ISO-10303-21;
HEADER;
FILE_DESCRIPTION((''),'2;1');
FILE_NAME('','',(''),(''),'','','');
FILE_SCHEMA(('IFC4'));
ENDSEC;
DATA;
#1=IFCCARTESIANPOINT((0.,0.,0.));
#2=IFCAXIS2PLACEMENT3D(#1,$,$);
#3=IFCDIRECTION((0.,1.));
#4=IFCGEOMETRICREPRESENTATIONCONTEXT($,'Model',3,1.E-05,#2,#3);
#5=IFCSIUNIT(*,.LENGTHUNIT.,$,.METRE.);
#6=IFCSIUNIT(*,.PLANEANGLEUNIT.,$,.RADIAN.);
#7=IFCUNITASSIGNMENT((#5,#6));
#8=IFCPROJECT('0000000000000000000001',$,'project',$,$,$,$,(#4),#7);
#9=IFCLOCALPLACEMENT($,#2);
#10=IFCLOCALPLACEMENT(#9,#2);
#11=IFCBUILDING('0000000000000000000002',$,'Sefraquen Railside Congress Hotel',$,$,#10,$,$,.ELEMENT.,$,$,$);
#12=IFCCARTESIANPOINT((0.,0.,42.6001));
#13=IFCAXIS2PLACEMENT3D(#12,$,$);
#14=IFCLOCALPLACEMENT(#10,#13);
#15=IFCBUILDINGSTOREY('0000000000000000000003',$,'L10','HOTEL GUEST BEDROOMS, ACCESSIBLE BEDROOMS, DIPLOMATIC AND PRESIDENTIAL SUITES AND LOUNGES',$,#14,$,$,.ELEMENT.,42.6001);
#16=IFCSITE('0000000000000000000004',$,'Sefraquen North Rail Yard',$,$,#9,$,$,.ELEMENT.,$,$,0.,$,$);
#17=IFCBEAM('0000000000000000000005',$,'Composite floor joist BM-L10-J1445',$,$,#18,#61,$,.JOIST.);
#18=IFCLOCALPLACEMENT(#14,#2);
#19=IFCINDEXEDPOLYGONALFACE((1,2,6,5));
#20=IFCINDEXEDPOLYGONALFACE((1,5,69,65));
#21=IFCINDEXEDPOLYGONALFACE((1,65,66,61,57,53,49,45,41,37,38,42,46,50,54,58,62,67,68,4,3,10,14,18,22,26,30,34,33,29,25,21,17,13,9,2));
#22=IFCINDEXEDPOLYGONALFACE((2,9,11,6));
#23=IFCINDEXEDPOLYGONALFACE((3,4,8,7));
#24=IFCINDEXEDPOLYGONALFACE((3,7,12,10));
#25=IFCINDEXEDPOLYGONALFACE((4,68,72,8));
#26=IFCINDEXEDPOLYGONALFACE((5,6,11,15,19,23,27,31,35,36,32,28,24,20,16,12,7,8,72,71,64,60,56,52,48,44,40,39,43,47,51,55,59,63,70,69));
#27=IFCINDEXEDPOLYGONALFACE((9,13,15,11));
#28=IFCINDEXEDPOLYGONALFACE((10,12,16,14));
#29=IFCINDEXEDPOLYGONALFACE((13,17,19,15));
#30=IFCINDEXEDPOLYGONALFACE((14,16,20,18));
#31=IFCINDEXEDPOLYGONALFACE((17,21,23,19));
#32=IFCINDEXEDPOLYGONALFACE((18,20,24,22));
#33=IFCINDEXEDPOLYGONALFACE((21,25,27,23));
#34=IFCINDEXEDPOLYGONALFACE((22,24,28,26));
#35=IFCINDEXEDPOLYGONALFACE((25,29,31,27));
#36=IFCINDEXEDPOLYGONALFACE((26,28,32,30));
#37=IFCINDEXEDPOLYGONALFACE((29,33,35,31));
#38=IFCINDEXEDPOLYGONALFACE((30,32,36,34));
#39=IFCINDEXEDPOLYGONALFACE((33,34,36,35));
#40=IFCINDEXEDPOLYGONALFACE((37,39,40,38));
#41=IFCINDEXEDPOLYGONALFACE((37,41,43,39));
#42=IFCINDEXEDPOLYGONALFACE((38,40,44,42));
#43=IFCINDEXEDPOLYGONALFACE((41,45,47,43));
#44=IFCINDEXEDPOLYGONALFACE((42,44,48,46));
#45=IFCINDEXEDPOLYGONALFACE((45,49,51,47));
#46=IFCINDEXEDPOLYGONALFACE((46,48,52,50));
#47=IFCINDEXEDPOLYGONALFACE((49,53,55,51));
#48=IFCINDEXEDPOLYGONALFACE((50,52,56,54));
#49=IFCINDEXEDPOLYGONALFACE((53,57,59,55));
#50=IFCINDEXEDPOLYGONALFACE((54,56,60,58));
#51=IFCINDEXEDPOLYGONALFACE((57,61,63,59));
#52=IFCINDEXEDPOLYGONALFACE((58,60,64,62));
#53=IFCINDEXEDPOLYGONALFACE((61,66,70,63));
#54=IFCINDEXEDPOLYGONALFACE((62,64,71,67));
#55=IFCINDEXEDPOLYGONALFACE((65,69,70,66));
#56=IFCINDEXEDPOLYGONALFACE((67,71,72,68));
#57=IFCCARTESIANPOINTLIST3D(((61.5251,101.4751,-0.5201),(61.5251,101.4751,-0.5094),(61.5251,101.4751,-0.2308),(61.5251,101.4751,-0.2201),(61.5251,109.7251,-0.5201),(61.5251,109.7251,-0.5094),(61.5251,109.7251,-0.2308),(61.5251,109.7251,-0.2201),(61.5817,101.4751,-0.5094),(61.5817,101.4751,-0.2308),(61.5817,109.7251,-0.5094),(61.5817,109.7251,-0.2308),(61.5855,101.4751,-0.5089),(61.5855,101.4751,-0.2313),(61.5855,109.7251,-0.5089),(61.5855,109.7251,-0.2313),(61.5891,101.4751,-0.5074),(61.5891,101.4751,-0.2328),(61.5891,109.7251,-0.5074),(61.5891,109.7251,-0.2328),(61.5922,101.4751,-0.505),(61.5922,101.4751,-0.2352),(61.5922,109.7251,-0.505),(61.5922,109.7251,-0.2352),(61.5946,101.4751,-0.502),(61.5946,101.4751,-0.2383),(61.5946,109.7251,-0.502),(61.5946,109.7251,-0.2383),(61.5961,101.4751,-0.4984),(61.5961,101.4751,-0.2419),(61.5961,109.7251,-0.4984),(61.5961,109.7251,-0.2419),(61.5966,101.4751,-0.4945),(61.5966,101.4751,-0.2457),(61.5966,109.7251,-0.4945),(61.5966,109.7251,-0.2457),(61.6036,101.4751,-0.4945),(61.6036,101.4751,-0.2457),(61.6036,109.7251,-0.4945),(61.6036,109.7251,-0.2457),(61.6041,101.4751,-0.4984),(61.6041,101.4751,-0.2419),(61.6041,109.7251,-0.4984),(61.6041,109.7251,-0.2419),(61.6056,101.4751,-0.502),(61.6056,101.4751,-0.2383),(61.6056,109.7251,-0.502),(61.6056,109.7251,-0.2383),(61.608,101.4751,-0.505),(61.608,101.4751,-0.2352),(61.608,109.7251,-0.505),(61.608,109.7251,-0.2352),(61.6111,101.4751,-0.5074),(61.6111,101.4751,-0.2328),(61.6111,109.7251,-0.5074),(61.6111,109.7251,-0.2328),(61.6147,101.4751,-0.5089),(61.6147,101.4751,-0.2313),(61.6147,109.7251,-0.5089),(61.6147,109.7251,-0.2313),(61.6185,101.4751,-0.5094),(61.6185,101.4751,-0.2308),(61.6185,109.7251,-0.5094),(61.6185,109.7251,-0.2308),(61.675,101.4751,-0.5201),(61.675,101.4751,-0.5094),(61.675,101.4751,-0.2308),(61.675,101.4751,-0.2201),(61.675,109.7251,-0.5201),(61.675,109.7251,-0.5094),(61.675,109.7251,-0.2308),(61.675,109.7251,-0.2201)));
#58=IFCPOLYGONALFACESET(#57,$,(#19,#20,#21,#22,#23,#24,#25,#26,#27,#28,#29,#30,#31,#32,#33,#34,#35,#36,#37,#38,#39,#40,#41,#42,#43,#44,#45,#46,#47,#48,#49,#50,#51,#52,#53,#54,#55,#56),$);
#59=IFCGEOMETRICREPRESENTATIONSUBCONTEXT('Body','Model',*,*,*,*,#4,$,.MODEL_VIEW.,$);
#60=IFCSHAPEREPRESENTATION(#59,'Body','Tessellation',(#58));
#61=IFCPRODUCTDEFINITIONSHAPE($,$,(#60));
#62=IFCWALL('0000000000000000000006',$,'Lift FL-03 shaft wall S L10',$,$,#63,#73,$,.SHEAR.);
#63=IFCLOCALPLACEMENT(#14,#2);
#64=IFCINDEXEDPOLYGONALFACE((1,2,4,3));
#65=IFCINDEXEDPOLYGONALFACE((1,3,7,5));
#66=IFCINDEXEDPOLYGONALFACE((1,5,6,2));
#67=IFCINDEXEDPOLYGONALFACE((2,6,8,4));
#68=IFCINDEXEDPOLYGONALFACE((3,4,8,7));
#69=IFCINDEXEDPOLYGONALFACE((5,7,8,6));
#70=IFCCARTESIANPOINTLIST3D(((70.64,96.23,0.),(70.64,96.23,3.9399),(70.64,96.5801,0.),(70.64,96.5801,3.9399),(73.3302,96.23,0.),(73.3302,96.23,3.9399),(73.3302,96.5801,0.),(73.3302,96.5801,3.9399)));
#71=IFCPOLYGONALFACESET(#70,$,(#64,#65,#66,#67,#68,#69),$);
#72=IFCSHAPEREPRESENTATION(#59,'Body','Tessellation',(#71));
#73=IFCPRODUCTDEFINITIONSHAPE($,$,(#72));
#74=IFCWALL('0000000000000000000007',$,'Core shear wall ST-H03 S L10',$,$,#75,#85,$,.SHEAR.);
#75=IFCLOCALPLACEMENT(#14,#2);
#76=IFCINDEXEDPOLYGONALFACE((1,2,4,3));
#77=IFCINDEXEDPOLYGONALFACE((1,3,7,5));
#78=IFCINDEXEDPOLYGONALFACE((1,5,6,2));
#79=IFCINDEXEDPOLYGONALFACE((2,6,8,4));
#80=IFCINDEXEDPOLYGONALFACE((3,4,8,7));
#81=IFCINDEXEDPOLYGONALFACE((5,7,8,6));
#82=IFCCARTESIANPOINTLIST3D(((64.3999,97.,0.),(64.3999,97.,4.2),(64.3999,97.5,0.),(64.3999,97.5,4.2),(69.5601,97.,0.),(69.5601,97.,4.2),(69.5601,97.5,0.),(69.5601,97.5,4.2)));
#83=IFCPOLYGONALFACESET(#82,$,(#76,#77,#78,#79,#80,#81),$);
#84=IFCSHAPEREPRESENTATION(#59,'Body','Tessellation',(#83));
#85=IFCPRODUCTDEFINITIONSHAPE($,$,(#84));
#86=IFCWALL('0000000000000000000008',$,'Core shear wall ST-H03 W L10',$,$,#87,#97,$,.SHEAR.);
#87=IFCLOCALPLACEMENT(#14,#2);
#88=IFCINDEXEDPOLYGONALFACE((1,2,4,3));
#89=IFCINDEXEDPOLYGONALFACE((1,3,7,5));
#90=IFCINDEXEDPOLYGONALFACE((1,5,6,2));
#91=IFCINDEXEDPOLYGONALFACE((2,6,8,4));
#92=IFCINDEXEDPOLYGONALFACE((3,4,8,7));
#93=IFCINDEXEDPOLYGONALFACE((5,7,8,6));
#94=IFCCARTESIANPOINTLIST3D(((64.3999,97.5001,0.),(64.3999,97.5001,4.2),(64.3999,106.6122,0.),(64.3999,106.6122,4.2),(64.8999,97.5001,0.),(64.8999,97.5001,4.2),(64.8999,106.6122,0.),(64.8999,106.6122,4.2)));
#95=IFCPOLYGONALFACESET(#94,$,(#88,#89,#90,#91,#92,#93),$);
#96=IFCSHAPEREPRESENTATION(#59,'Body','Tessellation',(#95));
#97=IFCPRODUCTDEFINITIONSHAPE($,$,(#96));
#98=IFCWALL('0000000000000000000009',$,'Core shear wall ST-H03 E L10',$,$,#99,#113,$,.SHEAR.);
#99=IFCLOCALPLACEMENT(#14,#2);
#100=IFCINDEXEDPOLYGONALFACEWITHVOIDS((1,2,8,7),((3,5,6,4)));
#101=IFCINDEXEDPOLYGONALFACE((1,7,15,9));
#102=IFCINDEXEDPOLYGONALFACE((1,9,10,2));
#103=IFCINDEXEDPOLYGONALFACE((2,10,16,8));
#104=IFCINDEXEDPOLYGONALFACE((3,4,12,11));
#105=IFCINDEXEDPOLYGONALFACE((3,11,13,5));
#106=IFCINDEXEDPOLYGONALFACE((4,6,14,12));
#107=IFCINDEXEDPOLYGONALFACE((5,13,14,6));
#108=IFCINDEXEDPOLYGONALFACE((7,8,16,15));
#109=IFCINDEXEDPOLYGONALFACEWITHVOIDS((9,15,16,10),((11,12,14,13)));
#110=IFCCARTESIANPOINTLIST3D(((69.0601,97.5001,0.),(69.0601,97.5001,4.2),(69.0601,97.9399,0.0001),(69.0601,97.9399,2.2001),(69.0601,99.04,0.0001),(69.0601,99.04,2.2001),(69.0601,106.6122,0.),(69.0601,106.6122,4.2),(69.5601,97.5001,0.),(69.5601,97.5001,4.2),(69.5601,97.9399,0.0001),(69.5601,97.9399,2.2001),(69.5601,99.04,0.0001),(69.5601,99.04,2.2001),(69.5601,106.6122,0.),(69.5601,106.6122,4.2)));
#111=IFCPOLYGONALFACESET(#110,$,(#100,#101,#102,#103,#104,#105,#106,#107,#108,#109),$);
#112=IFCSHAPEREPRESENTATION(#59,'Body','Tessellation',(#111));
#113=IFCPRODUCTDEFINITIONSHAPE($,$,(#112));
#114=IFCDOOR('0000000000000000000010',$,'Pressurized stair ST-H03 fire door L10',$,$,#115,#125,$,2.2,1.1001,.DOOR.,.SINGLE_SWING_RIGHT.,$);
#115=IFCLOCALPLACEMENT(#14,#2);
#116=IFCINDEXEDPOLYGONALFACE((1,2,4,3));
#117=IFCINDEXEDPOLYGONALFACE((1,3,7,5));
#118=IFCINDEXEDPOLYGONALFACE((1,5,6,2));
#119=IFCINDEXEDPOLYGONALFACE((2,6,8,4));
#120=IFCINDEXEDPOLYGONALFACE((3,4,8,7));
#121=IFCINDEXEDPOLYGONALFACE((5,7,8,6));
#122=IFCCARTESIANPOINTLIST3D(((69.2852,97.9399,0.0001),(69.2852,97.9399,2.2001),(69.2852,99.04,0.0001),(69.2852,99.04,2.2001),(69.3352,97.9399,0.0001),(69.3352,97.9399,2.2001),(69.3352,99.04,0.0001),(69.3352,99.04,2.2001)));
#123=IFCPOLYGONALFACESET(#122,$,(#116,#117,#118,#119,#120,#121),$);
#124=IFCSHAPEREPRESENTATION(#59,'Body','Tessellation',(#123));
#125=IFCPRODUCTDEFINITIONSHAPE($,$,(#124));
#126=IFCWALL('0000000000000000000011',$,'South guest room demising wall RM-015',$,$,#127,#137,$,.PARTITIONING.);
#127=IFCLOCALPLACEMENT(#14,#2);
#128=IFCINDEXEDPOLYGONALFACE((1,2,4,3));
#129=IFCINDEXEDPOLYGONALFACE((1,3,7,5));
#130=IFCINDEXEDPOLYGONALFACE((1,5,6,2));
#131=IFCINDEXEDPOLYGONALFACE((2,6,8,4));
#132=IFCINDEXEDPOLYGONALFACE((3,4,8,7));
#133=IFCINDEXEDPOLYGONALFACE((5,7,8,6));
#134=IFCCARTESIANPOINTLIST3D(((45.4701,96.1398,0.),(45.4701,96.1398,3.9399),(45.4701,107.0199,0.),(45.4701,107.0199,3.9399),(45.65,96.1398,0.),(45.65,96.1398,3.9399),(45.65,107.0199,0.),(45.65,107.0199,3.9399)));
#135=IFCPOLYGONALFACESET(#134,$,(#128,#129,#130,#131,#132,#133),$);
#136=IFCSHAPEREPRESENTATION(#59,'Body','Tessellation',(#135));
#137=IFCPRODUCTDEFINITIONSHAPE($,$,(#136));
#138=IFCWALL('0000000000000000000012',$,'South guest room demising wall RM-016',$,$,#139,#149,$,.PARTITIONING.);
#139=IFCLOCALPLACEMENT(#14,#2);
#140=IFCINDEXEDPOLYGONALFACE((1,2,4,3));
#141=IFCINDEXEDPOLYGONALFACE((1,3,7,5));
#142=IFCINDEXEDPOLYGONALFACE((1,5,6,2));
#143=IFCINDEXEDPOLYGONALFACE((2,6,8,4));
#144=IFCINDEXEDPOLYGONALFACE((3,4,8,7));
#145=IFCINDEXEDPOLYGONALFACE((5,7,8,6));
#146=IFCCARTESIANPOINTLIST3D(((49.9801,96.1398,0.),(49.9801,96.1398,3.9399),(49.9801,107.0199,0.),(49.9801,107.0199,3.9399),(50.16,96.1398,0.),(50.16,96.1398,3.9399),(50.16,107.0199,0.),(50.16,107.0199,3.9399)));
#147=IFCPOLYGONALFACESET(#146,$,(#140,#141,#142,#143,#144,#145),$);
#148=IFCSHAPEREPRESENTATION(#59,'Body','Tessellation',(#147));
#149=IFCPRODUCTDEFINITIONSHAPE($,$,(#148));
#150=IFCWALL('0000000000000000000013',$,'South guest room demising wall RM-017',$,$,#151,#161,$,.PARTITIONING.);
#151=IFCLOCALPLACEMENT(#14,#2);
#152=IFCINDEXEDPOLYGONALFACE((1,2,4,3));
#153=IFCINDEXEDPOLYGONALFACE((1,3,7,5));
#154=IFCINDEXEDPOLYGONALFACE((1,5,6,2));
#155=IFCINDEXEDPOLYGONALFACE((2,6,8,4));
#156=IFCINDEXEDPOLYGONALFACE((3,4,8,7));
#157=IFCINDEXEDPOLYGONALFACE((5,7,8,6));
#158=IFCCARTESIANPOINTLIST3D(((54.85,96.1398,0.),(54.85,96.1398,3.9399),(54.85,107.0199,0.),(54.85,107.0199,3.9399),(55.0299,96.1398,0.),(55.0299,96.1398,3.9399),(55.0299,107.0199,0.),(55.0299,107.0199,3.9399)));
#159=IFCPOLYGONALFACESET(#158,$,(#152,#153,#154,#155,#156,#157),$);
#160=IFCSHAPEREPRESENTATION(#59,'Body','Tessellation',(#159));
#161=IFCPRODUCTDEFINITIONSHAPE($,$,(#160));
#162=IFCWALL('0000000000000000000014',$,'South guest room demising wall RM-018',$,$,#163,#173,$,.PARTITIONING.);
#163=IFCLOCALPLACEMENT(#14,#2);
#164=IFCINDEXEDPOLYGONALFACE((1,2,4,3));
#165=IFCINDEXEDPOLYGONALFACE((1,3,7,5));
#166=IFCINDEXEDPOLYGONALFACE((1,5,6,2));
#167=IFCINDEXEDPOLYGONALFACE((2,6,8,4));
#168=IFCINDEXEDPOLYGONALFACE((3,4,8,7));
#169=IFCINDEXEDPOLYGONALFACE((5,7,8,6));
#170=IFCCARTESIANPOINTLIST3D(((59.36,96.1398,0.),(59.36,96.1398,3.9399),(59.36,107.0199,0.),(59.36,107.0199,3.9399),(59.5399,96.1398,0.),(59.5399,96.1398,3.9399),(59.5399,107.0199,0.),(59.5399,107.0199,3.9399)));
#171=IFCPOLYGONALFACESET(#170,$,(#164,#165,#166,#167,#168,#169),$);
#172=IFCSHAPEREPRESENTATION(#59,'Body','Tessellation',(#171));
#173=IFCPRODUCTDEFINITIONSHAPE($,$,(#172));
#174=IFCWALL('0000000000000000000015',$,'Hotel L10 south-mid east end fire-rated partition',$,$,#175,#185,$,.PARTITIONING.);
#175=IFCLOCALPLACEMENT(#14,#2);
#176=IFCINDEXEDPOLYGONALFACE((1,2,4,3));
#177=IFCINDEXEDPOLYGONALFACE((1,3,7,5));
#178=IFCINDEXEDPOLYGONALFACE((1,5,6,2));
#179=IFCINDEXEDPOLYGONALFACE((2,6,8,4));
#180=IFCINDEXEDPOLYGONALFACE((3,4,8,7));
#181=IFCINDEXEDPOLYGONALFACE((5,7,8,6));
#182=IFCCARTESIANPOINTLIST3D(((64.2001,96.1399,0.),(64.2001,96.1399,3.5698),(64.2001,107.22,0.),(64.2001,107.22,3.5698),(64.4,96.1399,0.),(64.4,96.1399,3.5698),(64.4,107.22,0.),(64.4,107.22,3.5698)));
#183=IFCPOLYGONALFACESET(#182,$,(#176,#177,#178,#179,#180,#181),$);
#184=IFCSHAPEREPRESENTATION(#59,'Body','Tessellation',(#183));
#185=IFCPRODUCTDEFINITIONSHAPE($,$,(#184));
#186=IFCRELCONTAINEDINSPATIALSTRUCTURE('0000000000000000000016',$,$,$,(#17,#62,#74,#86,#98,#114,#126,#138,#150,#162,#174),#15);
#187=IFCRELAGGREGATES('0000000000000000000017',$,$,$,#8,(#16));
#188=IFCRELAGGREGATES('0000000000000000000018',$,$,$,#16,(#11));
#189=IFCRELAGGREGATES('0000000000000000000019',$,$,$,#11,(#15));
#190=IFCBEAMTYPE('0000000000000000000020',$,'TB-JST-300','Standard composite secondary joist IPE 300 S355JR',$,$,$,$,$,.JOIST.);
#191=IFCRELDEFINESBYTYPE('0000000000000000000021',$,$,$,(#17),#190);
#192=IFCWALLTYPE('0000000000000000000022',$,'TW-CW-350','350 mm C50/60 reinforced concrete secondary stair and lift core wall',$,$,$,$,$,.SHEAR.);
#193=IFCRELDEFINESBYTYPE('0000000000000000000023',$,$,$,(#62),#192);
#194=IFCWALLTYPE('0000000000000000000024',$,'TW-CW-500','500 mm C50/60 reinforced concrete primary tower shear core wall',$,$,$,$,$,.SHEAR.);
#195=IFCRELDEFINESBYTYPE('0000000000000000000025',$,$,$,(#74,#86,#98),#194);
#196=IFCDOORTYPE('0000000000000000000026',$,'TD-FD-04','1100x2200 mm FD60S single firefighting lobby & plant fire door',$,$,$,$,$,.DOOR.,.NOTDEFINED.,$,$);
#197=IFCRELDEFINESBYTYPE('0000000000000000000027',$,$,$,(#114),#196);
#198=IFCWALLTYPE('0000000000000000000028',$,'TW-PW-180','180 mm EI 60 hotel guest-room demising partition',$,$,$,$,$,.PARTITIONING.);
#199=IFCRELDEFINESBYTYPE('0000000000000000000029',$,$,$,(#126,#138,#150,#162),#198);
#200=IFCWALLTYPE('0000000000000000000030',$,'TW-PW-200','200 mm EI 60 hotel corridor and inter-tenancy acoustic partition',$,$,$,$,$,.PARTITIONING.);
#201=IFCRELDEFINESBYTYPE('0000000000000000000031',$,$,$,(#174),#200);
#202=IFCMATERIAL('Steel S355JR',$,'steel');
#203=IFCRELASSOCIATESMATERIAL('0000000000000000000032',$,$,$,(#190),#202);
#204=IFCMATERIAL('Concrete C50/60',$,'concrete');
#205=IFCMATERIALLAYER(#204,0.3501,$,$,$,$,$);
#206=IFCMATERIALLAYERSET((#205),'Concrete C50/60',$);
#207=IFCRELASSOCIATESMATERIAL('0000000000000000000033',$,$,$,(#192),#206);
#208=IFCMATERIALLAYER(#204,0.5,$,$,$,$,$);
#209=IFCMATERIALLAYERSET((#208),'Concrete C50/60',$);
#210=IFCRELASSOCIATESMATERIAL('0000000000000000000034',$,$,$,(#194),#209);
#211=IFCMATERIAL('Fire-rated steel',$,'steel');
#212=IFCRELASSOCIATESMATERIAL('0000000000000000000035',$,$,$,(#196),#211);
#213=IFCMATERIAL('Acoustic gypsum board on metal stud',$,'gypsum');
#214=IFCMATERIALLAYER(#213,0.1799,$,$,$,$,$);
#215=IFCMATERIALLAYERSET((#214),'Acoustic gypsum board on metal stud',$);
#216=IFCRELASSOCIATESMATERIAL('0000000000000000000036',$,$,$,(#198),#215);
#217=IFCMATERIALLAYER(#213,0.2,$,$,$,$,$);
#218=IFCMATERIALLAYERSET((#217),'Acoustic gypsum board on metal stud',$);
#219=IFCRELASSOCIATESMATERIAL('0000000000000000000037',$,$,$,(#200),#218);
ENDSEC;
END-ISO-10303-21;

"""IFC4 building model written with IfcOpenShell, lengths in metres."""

from ifc_helpers import new_model, si_unit, direction, frame, frame_2d, origin, origin_2d, place, context, subcontext, project, spatial, rectangle, i_section, extrude, material, layer, layer_set, material_profile, profile_set, type_object, element, fill, save


model = new_model("IFC4")

# Units and contexts
model_context = context("Model", 3, precision=1e-05, world=origin(), true_north=direction((0.0, 1.0)))
body_context = subcontext(model_context, "Body", "Model", "MODEL_VIEW")
ifc_project = project(units=[si_unit("LENGTHUNIT", "METRE"), si_unit("PLANEANGLEUNIT", "RADIAN")], contexts=[model_context])

# Site, building, storey
site_placement = place(None, origin())
site = spatial("IfcSite", under=ifc_project, at=site_placement, Name="Sefraquen North Rail Yard", CompositionType="ELEMENT", RefElevation=0.0)
building_placement = place(site_placement, origin())
building = spatial("IfcBuilding", under=site, at=building_placement, Name="Sefraquen Railside Congress Hotel", CompositionType="ELEMENT")
storey_placement = place(building_placement, frame((0.0, 0.0, 42.6001)))
storey = spatial("IfcBuildingStorey", under=building, at=storey_placement, Name="L10", Description="HOTEL GUEST BEDROOMS, ACCESSIBLE BEDROOMS, DIPLOMATIC AND PRESIDENTIAL SUITES AND LOUNGES", CompositionType="ELEMENT", Elevation=42.6001)

# Shared definitions
ifc_material_1 = material(Name="Steel S355JR", Category="steel")

# Beam
ifc_material_profile_1 = material_profile(ifc_material_1, i_section(OverallWidth=0.1499, OverallDepth=0.3, WebThickness=0.0071, FlangeThickness=0.0107, FilletRadius=0.0149, at=origin_2d()), Name="IPE 300")
ifc_profile_set_1 = profile_set([ifc_material_profile_1], Name="Steel S355JR")
beam_type_1 = type_object("IfcBeamType", Name="TB-JST-300", Description="Standard composite secondary joist IPE 300 S355JR", PredefinedType="JOIST", material=ifc_profile_set_1)
for number, where, z_axis, x_axis, name in (
    (1, (61.6001, 101.4751, -0.3701), (0.0, 1.0, 0.0), (-1.0, 0.0, 0.0), "Composite floor joist BM-L10-J1445"),
):
    element("IfcBeam", number, at=place(storey_placement, frame(where, z_axis=z_axis, x_axis=x_axis)), inside=storey, type_object=beam_type_1, Name=name, PredefinedType="JOIST", context=body_context, shape_type="SweptSolid", body=[
        extrude(i_section(OverallWidth=0.1499, OverallDepth=0.3, WebThickness=0.0071, FlangeThickness=0.0107, FilletRadius=0.0149, at=origin_2d()), origin(), (0.0, 0.0, 1.0), 8.25),
    ])

# Walls
ifc_material_2 = material(Name="Concrete C50/60", Category="concrete")
ifc_layer_1 = layer(ifc_material_2, 0.3501)
ifc_layer_set_1 = layer_set([ifc_layer_1], Name="Concrete C50/60")
wall_type_1 = type_object("IfcWallType", Name="TW-CW-350", Description="350 mm C50/60 reinforced concrete secondary stair and lift core wall", PredefinedType="SHEAR", material=ifc_layer_set_1)
wall_1_placement = place(storey_placement, frame((70.6399, 96.405, 0.0), z_axis=(0.0, 0.0, 1.0), x_axis=(1.0, 0.0, 0.0)))
element("IfcWall", 2, at=wall_1_placement, inside=storey, type_object=wall_type_1, Name="Lift FL-03 shaft wall S L10", PredefinedType="SHEAR", context=body_context, shape_type="SweptSolid", body=[
    extrude(rectangle(XDim=2.6902, YDim=0.3501, at=frame_2d((1.3452, 0.0))), origin(), (0.0, 0.0, 1.0), 3.9399),
])
ifc_layer_2 = layer(ifc_material_2, 0.5)
ifc_layer_set_2 = layer_set([ifc_layer_2], Name="Concrete C50/60")
wall_type_2 = type_object("IfcWallType", Name="TW-CW-500", Description="500 mm C50/60 reinforced concrete primary tower shear core wall", PredefinedType="SHEAR", material=ifc_layer_set_2)
wall_2_placement = place(storey_placement, frame((64.3999, 97.25, 0.0), z_axis=(0.0, 0.0, 1.0), x_axis=(1.0, 0.0, 0.0)))
element("IfcWall", 3, at=wall_2_placement, inside=storey, type_object=wall_type_2, Name="Core shear wall ST-H03 S L10", PredefinedType="SHEAR", context=body_context, shape_type="SweptSolid", body=[
    extrude(rectangle(XDim=5.1602, YDim=0.5, at=frame_2d((2.5801, 0.0))), origin(), (0.0, 0.0, 1.0), 4.2),
])
wall_3_placement = place(storey_placement, frame((64.6499, 97.5, 0.0), z_axis=(0.0, 0.0, 1.0), x_axis=(0.0, 1.0, 0.0)))
element("IfcWall", 4, at=wall_3_placement, inside=storey, type_object=wall_type_2, Name="Core shear wall ST-H03 W L10", PredefinedType="SHEAR", context=body_context, shape_type="SweptSolid", body=[
    extrude(rectangle(XDim=9.1121, YDim=0.5, at=frame_2d((4.5562, 0.0))), origin(), (0.0, 0.0, 1.0), 4.2),
])

# Wall, opening, door
wall_4_placement = place(storey_placement, frame((69.3101, 97.5, 0.0), z_axis=(0.0, 0.0, 1.0), x_axis=(0.0, 1.0, 0.0)))
wall_4 = element("IfcWall", 5, at=wall_4_placement, inside=storey, type_object=wall_type_2, Name="Core shear wall ST-H03 E L10", PredefinedType="SHEAR", context=body_context, shape_type="SweptSolid", body=[
    extrude(rectangle(XDim=9.1121, YDim=0.5, at=frame_2d((4.5562, 0.0))), origin(), (0.0, 0.0, 1.0), 4.2),
])
opening_placement = place(wall_4_placement, frame((0.4399, 0.0, 0.0)))
opening = element("IfcOpeningElement", 6, at=opening_placement, cuts=wall_4, PredefinedType="OPENING", context=body_context, shape_type="SweptSolid", body=[
    extrude(rectangle(XDim=1.1001, YDim=2.2, at=frame_2d((0.55, 1.1001))), frame((0.0, 0.26, 0.0), z_axis=(0.0, -1.0, 0.0), x_axis=(1.0, 0.0, 0.0)), (0.0, 0.0, 1.0), 0.52),
])
ifc_material_3 = material(Name="Fire-rated steel", Category="steel")
door_type = type_object("IfcDoorType", Name="TD-FD-04", Description="1100x2200 mm FD60S single firefighting lobby & plant fire door", OperationType="NOTDEFINED", PredefinedType="DOOR", material=ifc_material_3)
door_placement = place(opening_placement, origin())
door = element("IfcDoor", 7, at=door_placement, inside=storey, type_object=door_type, Name="Pressurized stair ST-H03 fire door L10", OperationType="SINGLE_SWING_RIGHT", OverallHeight=2.2, OverallWidth=1.1001, PredefinedType="DOOR", context=body_context, shape_type="SweptSolid", body=[
    extrude(rectangle(XDim=1.1001, YDim=2.2, at=frame_2d((0.55, 1.1001))), frame((0.0, 0.0249, 0.0), z_axis=(0.0, -1.0, 0.0), x_axis=(1.0, 0.0, 0.0)), (0.0, 0.0, 1.0), 0.05),
])
fill(opening, door)

# Walls
ifc_material_4 = material(Name="Acoustic gypsum board on metal stud", Category="gypsum")
ifc_layer_3 = layer(ifc_material_4, 0.1799)
ifc_layer_set_3 = layer_set([ifc_layer_3], Name="Acoustic gypsum board on metal stud")
wall_type_3 = type_object("IfcWallType", Name="TW-PW-180", Description="180 mm EI 60 hotel guest-room demising partition", PredefinedType="PARTITIONING", material=ifc_layer_set_3)
for number, where, z_axis, x_axis, name in (
    (8, (45.5601, 96.1399, 0.0), (0.0, 0.0, 1.0), (0.0, 1.0, 0.0), "South guest room demising wall RM-015"),
    (9, (50.0701, 96.1399, 0.0), (0.0, 0.0, 1.0), (0.0, 1.0, 0.0), "South guest room demising wall RM-016"),
    (10, (54.9399, 96.1399, 0.0), (0.0, 0.0, 1.0), (0.0, 1.0, 0.0), "South guest room demising wall RM-017"),
    (11, (59.45, 96.1399, 0.0), (0.0, 0.0, 1.0), (0.0, 1.0, 0.0), "South guest room demising wall RM-018"),
):
    element("IfcWall", number, at=place(storey_placement, frame(where, z_axis=z_axis, x_axis=x_axis)), inside=storey, type_object=wall_type_3, Name=name, PredefinedType="PARTITIONING", context=body_context, shape_type="SweptSolid", body=[
        extrude(rectangle(XDim=10.8801, YDim=0.1799, at=frame_2d((5.4399, 0.0))), origin(), (0.0, 0.0, 1.0), 3.9399),
    ])
ifc_layer_4 = layer(ifc_material_4, 0.2)
ifc_layer_set_4 = layer_set([ifc_layer_4], Name="Acoustic gypsum board on metal stud")
wall_type_4 = type_object("IfcWallType", Name="TW-PW-200", Description="200 mm EI 60 hotel corridor and inter-tenancy acoustic partition", PredefinedType="PARTITIONING", material=ifc_layer_set_4)
wall_5_placement = place(storey_placement, frame((64.3, 96.1399, 0.0), z_axis=(0.0, 0.0, 1.0), x_axis=(0.0, 1.0, 0.0)))
element("IfcWall", 12, at=wall_5_placement, inside=storey, type_object=wall_type_4, Name="Hotel L10 south-mid east end fire-rated partition", PredefinedType="PARTITIONING", context=body_context, shape_type="SweptSolid", body=[
    extrude(rectangle(XDim=11.0801, YDim=0.2, at=frame_2d((5.54, 0.0))), origin(), (0.0, 0.0, 1.0), 3.5698),
])

save(model, "model.ifc")
